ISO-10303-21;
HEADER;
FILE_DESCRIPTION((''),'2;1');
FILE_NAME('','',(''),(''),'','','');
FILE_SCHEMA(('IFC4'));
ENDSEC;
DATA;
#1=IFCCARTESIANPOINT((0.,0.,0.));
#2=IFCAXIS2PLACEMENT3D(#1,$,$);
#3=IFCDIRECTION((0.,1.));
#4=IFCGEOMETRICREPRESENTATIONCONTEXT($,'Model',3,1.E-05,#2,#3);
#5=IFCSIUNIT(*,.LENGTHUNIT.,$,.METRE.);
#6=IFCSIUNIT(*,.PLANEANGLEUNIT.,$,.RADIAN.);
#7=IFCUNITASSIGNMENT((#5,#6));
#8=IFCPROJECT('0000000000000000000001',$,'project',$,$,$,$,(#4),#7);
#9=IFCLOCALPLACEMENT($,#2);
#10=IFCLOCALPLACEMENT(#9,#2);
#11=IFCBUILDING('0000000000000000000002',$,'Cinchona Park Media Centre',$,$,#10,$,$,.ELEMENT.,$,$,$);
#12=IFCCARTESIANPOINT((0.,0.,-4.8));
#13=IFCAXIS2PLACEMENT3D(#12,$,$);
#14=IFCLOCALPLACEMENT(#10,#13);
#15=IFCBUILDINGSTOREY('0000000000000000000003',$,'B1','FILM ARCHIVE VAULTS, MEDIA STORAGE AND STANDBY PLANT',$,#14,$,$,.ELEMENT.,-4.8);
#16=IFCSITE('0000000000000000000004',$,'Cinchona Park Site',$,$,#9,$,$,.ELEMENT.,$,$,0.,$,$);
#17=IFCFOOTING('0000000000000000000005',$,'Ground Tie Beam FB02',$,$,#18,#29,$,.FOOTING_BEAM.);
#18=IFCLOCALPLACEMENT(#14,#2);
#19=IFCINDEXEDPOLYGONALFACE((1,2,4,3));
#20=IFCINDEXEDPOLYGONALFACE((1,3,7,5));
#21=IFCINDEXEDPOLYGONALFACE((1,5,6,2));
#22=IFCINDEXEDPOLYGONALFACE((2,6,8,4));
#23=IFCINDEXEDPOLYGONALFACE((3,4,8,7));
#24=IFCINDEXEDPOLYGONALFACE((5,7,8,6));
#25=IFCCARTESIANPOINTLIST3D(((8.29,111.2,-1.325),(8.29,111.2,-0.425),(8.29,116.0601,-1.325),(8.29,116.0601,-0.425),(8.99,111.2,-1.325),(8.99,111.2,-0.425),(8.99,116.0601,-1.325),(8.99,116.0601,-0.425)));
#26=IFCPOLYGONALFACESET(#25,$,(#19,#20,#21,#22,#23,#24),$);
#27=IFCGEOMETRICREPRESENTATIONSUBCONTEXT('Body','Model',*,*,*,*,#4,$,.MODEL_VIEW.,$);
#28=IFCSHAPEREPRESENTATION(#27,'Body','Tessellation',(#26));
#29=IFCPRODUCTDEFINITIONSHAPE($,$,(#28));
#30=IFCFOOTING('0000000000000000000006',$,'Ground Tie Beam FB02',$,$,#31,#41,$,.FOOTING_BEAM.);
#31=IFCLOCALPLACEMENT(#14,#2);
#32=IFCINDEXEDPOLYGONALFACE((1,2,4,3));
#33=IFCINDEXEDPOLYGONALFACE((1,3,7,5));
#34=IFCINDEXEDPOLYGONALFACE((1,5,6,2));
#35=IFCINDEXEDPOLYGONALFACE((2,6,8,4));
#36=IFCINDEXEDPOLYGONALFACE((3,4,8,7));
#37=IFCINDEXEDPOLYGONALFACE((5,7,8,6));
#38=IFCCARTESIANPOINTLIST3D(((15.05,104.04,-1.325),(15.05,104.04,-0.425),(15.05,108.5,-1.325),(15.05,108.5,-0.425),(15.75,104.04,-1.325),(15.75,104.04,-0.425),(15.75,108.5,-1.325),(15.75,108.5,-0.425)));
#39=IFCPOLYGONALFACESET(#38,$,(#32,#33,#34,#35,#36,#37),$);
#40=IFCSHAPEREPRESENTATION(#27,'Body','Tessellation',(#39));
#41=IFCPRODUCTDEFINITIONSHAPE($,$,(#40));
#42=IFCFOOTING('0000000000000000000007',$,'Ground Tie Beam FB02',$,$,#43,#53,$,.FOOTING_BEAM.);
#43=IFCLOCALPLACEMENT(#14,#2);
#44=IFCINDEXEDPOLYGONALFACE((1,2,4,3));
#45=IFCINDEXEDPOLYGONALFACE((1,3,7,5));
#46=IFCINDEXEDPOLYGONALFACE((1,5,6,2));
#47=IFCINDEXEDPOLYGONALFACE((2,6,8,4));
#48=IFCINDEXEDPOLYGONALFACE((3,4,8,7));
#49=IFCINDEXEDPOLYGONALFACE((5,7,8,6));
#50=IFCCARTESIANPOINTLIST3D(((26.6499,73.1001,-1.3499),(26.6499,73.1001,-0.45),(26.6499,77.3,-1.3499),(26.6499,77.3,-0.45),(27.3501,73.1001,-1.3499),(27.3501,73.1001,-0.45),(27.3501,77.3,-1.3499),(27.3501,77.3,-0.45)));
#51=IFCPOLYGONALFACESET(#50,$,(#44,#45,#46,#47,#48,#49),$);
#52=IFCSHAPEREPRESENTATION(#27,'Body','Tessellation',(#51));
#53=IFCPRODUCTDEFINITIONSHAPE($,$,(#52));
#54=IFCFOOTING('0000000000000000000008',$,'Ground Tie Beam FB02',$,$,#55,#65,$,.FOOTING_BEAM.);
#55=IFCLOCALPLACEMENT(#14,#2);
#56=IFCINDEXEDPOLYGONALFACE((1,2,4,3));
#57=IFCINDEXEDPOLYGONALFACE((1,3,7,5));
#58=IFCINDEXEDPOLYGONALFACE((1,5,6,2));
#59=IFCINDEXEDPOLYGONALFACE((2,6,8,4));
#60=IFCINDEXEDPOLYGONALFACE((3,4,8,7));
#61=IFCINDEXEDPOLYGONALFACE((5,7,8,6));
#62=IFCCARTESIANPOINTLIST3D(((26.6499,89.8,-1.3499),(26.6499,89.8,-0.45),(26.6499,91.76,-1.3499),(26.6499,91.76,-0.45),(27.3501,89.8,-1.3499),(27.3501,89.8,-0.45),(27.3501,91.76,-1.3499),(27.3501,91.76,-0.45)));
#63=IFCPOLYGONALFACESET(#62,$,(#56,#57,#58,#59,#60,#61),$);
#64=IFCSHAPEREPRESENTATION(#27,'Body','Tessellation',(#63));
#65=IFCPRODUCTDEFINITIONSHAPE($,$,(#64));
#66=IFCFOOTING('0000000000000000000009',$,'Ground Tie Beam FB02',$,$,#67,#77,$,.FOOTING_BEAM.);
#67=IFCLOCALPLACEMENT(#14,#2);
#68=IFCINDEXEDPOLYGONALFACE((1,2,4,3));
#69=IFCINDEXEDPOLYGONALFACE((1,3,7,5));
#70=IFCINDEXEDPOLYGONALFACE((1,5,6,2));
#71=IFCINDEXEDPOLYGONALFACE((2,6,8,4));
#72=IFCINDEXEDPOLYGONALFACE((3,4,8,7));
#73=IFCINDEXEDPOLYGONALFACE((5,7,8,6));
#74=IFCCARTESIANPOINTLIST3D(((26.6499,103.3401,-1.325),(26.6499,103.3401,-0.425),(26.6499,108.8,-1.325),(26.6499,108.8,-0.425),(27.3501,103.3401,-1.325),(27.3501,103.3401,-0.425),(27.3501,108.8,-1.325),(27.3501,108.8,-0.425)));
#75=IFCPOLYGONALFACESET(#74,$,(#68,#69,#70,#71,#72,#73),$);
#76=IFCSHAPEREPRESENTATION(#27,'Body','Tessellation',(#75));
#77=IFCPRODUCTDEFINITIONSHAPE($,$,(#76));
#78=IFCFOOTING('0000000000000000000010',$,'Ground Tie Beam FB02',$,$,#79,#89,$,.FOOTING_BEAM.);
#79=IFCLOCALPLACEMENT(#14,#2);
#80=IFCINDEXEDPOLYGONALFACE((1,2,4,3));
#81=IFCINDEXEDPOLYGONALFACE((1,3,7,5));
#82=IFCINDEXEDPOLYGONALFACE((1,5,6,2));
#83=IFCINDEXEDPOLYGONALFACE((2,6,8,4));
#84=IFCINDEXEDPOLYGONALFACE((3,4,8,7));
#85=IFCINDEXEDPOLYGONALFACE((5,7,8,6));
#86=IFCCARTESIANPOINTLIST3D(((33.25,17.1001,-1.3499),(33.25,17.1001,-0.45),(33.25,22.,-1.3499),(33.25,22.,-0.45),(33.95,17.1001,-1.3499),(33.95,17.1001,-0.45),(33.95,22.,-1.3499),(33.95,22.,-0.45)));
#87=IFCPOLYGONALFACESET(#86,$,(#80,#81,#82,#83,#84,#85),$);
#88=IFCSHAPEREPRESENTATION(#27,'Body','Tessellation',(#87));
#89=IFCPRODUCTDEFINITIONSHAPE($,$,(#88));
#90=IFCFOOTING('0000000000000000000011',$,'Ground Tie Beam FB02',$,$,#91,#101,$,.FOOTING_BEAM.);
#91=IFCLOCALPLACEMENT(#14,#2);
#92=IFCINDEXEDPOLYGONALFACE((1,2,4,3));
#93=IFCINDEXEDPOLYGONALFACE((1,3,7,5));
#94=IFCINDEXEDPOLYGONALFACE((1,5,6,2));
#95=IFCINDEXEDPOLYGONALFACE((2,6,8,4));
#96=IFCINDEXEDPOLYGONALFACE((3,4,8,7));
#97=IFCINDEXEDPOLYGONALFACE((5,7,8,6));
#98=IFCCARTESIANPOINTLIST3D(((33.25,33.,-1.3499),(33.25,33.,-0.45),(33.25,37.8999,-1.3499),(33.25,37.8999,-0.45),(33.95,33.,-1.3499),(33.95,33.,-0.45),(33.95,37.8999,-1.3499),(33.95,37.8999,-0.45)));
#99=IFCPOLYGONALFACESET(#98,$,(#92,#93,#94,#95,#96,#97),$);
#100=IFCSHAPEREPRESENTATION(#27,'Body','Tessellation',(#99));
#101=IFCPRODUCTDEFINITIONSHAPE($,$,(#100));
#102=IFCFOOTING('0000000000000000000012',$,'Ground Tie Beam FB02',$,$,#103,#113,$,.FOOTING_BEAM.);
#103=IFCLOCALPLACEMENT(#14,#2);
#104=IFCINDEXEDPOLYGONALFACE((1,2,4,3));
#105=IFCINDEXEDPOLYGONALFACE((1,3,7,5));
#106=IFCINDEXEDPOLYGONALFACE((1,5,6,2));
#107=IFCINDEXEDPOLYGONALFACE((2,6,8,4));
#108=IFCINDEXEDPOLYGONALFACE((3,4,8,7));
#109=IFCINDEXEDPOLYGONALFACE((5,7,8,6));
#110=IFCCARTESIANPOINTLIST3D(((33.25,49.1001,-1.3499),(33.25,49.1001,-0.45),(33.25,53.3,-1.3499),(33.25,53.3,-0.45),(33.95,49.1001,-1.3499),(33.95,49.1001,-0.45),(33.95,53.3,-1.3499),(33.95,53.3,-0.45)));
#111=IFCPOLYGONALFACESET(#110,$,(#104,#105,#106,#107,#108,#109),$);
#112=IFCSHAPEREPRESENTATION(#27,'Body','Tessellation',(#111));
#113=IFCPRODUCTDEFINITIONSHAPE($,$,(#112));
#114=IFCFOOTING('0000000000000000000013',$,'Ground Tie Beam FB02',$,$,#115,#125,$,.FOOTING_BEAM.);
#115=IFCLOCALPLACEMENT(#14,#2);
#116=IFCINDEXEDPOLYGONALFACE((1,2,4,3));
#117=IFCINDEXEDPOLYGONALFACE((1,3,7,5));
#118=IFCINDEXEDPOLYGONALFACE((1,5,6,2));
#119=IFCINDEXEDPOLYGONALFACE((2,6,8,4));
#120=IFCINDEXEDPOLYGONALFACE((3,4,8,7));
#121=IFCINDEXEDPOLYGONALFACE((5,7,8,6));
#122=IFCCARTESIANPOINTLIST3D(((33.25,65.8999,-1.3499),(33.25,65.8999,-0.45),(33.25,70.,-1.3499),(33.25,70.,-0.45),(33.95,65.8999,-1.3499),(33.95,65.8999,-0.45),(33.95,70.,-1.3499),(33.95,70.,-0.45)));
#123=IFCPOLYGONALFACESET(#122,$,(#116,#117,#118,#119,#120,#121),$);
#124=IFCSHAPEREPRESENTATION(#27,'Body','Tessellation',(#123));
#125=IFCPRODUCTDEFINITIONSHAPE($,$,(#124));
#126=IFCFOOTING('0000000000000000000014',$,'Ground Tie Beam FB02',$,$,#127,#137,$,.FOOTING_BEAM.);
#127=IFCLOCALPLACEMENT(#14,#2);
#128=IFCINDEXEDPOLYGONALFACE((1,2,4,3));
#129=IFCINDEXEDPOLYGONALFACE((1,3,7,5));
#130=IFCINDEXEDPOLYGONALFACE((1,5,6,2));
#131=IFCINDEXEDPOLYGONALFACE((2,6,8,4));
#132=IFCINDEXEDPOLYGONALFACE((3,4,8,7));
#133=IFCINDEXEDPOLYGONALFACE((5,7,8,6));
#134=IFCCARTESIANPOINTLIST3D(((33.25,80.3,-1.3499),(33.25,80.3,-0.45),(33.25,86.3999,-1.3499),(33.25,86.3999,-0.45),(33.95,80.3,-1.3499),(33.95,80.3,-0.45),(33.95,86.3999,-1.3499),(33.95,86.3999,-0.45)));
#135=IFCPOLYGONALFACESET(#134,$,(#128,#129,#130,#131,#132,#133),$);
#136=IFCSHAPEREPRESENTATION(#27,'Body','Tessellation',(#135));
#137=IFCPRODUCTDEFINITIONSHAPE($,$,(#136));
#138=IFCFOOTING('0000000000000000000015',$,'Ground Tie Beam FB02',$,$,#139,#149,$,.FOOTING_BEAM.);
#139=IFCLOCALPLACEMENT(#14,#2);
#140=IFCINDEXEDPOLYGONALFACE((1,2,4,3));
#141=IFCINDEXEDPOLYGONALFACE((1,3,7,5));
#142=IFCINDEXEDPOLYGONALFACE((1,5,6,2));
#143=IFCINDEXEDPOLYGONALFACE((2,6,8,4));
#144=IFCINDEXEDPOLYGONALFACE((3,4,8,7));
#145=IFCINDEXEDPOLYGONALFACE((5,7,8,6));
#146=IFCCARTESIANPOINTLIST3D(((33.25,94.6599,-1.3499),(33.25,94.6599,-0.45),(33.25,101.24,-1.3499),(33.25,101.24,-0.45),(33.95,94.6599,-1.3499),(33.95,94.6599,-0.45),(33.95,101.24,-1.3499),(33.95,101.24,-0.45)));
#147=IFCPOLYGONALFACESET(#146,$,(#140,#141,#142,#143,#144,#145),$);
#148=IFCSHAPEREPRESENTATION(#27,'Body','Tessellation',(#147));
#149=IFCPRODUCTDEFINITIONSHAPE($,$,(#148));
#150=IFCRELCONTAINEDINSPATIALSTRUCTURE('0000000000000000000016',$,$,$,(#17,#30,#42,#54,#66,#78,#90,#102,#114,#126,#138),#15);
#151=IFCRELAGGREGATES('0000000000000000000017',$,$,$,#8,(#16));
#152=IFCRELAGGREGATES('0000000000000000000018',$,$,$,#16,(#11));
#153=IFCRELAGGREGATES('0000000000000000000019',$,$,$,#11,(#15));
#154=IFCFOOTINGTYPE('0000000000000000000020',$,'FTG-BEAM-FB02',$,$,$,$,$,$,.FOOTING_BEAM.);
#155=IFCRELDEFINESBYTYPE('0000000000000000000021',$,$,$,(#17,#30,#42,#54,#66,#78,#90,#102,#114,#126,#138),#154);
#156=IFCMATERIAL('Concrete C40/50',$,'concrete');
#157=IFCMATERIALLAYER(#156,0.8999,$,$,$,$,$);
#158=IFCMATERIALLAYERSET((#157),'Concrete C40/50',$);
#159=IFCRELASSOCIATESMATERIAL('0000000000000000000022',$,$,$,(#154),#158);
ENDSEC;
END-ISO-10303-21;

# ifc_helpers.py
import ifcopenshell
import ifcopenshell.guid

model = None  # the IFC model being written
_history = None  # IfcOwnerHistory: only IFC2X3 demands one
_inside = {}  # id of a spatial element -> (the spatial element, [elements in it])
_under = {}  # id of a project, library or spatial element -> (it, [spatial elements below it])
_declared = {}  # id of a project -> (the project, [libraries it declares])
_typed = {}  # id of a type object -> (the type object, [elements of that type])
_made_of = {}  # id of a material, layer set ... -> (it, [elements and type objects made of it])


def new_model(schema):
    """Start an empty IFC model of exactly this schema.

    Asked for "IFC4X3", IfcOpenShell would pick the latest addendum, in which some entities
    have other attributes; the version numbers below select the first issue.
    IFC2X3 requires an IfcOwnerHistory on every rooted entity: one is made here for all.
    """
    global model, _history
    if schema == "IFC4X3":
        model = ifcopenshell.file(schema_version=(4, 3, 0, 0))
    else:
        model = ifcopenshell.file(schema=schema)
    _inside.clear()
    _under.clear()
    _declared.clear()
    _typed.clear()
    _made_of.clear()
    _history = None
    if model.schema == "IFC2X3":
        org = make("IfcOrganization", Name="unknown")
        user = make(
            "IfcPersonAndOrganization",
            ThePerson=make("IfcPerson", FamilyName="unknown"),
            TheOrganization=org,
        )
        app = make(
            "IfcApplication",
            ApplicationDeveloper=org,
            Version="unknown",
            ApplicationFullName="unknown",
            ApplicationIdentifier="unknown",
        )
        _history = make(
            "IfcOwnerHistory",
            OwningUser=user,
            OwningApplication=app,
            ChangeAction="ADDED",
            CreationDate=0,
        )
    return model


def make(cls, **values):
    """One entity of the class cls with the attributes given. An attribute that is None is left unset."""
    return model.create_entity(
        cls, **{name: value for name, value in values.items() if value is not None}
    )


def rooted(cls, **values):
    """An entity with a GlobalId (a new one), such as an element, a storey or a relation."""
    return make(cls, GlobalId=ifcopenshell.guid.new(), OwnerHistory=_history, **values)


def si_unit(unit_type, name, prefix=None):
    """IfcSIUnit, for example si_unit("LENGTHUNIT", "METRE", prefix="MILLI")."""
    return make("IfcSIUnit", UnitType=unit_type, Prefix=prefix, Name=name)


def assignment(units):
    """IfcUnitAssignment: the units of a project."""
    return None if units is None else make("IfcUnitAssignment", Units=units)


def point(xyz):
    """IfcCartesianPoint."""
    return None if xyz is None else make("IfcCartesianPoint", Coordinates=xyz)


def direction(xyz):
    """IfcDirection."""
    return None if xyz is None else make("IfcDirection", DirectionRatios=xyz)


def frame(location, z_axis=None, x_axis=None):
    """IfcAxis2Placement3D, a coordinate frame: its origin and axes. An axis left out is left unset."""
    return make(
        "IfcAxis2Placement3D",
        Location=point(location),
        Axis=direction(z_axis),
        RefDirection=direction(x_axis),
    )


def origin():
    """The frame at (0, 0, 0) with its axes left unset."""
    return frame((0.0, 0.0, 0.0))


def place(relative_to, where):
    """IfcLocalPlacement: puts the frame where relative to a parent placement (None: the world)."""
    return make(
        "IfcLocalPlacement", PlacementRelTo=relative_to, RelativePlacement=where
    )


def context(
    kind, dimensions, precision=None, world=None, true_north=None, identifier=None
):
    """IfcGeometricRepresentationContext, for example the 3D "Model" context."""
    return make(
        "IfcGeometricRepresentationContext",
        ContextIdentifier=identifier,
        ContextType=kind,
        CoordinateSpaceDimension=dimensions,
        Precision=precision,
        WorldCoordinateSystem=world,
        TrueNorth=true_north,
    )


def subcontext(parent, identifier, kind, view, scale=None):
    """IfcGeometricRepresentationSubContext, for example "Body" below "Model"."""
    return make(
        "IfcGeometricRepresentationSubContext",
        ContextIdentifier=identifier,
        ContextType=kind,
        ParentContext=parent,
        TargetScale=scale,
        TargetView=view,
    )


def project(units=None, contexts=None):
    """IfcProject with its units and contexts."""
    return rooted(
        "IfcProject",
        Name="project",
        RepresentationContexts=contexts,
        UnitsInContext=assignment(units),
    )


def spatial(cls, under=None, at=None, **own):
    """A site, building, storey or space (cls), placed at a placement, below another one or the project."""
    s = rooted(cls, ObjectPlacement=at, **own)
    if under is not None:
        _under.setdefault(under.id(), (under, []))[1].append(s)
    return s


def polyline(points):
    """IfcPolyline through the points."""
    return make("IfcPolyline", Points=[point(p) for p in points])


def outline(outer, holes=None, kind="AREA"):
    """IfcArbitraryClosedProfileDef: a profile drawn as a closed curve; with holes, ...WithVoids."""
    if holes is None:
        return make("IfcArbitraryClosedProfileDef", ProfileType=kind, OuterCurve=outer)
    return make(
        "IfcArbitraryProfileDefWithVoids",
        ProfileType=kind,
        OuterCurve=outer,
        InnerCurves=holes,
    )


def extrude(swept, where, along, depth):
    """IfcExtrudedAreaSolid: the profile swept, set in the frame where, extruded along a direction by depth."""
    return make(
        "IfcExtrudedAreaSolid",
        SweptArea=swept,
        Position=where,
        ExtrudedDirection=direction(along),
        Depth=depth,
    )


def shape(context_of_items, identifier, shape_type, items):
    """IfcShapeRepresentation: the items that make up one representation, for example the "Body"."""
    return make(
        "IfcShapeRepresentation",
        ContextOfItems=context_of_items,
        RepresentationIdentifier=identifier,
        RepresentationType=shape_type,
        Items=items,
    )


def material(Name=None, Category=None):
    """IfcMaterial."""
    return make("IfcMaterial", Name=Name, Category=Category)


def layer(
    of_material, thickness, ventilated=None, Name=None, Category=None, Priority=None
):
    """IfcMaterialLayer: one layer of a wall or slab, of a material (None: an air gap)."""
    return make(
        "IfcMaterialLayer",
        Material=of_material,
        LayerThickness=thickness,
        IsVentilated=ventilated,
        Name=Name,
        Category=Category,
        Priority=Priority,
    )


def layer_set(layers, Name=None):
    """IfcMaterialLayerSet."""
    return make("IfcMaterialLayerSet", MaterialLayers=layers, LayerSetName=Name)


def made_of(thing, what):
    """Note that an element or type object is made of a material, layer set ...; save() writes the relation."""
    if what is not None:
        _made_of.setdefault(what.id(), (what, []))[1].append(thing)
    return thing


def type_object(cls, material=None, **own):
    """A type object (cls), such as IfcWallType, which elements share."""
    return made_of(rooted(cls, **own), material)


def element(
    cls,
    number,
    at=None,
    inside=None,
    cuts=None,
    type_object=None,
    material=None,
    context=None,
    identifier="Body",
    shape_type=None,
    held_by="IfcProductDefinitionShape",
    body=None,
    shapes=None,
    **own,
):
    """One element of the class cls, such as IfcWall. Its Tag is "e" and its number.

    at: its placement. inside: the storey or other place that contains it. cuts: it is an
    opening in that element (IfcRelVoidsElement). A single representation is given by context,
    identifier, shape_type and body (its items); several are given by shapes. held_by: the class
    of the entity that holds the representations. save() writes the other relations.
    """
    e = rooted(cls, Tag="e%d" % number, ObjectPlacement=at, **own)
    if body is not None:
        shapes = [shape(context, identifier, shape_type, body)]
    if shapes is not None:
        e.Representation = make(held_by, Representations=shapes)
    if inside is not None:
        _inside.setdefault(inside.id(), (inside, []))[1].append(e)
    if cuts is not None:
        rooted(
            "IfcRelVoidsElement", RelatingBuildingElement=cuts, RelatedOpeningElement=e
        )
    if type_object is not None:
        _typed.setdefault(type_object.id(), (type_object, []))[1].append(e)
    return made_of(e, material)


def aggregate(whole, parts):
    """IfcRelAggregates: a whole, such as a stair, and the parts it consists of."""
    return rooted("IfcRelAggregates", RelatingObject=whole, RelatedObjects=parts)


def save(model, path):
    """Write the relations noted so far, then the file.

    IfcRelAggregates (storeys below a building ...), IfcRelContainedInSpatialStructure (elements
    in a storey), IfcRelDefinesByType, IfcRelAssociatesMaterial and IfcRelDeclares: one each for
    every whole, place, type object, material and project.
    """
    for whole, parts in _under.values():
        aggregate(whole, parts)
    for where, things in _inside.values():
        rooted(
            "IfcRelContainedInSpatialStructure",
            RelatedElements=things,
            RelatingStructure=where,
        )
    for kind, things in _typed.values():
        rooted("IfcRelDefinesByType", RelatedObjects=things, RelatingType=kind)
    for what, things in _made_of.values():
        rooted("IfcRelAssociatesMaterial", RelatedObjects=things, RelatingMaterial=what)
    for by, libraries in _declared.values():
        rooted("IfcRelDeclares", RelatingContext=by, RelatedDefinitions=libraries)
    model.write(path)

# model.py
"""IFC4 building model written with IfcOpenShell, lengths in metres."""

from ifc_helpers import new_model, si_unit, direction, frame, origin, place, context, subcontext, project, spatial, polyline, outline, extrude, material, layer, layer_set, type_object, element, save


model = new_model("IFC4")

# Units and contexts
model_context = context("Model", 3, precision=1e-05, world=origin(), true_north=direction((0.0, 1.0)))
body_context = subcontext(model_context, "Body", "Model", "MODEL_VIEW")
ifc_project = project(units=[si_unit("LENGTHUNIT", "METRE"), si_unit("PLANEANGLEUNIT", "RADIAN")], contexts=[model_context])

# Site, building, storey
site_placement = place(None, origin())
site = spatial("IfcSite", under=ifc_project, at=site_placement, Name="Cinchona Park Site", CompositionType="ELEMENT", RefElevation=0.0)
building_placement = place(site_placement, origin())
building = spatial("IfcBuilding", under=site, at=building_placement, Name="Cinchona Park Media Centre", CompositionType="ELEMENT")
storey_placement = place(building_placement, frame((0.0, 0.0, -4.8)))
storey = spatial("IfcBuildingStorey", under=building, at=storey_placement, Name="B1", Description="FILM ARCHIVE VAULTS, MEDIA STORAGE AND STANDBY PLANT", CompositionType="ELEMENT", Elevation=-4.8)

# Footings
ifc_material = material(Name="Concrete C40/50", Category="concrete")
ifc_layer = layer(ifc_material, 0.8999)
ifc_layer_set = layer_set([ifc_layer], Name="Concrete C40/50")
footing_type = type_object("IfcFootingType", Name="FTG-BEAM-FB02", PredefinedType="FOOTING_BEAM", material=ifc_layer_set)
footing_1_placement = place(storey_placement, frame((0.0, 0.0, -1.325)))
element("IfcFooting", 1, at=footing_1_placement, inside=storey, type_object=footing_type, Name="Ground Tie Beam FB02", PredefinedType="FOOTING_BEAM", context=body_context, shape_type="SweptSolid", body=[
    extrude(outline(polyline([(8.29, 111.2), (8.99, 111.2), (8.99, 116.0601), (8.29, 116.0601), (8.29, 111.2)])), origin(), (0.0, 0.0, 1.0), 0.8999),
])
footing_2_placement = place(storey_placement, frame((0.0, 0.0, -1.325)))
element("IfcFooting", 2, at=footing_2_placement, inside=storey, type_object=footing_type, Name="Ground Tie Beam FB02", PredefinedType="FOOTING_BEAM", context=body_context, shape_type="SweptSolid", body=[
    extrude(outline(polyline([(15.05, 104.04), (15.75, 104.04), (15.75, 108.5), (15.05, 108.5), (15.05, 104.04)])), origin(), (0.0, 0.0, 1.0), 0.8999),
])
footing_3_placement = place(storey_placement, frame((0.0, 0.0, -1.3499)))
element("IfcFooting", 3, at=footing_3_placement, inside=storey, type_object=footing_type, Name="Ground Tie Beam FB02", PredefinedType="FOOTING_BEAM", context=body_context, shape_type="SweptSolid", body=[
    extrude(outline(polyline([(26.6499, 73.1001), (27.3501, 73.1001), (27.3501, 77.3), (26.6499, 77.3), (26.6499, 73.1001)])), origin(), (0.0, 0.0, 1.0), 0.8999),
])
footing_4_placement = place(storey_placement, frame((0.0, 0.0, -1.3499)))
element("IfcFooting", 4, at=footing_4_placement, inside=storey, type_object=footing_type, Name="Ground Tie Beam FB02", PredefinedType="FOOTING_BEAM", context=body_context, shape_type="SweptSolid", body=[
    extrude(outline(polyline([(26.6499, 89.8), (27.3501, 89.8), (27.3501, 91.76), (26.6499, 91.76), (26.6499, 89.8)])), origin(), (0.0, 0.0, 1.0), 0.8999),
])
footing_5_placement = place(storey_placement, frame((0.0, 0.0, -1.325)))
element("IfcFooting", 5, at=footing_5_placement, inside=storey, type_object=footing_type, Name="Ground Tie Beam FB02", PredefinedType="FOOTING_BEAM", context=body_context, shape_type="SweptSolid", body=[
    extrude(outline(polyline([(26.6499, 103.3401), (27.3501, 103.3401), (27.3501, 108.8), (26.6499, 108.8), (26.6499, 103.3401)])), origin(), (0.0, 0.0, 1.0), 0.8999),
])
footing_6_placement = place(storey_placement, frame((0.0, 0.0, -1.3499)))
element("IfcFooting", 6, at=footing_6_placement, inside=storey, type_object=footing_type, Name="Ground Tie Beam FB02", PredefinedType="FOOTING_BEAM", context=body_context, shape_type="SweptSolid", body=[
    extrude(outline(polyline([(33.25, 17.1001), (33.95, 17.1001), (33.95, 22.0), (33.25, 22.0), (33.25, 17.1001)])), origin(), (0.0, 0.0, 1.0), 0.8999),
])
footing_7_placement = place(storey_placement, frame((0.0, 0.0, -1.3499)))
element("IfcFooting", 7, at=footing_7_placement, inside=storey, type_object=footing_type, Name="Ground Tie Beam FB02", PredefinedType="FOOTING_BEAM", context=body_context, shape_type="SweptSolid", body=[
    extrude(outline(polyline([(33.25, 33.0), (33.95, 33.0), (33.95, 37.8999), (33.25, 37.8999), (33.25, 33.0)])), origin(), (0.0, 0.0, 1.0), 0.8999),
])
footing_8_placement = place(storey_placement, frame((0.0, 0.0, -1.3499)))
element("IfcFooting", 8, at=footing_8_placement, inside=storey, type_object=footing_type, Name="Ground Tie Beam FB02", PredefinedType="FOOTING_BEAM", context=body_context, shape_type="SweptSolid", body=[
    extrude(outline(polyline([(33.25, 49.1001), (33.95, 49.1001), (33.95, 53.3), (33.25, 53.3), (33.25, 49.1001)])), origin(), (0.0, 0.0, 1.0), 0.8999),
])
footing_9_placement = place(storey_placement, frame((0.0, 0.0, -1.3499)))
element("IfcFooting", 9, at=footing_9_placement, inside=storey, type_object=footing_type, Name="Ground Tie Beam FB02", PredefinedType="FOOTING_BEAM", context=body_context, shape_type="SweptSolid", body=[
    extrude(outline(polyline([(33.25, 65.8999), (33.95, 65.8999), (33.95, 70.0), (33.25, 70.0), (33.25, 65.8999)])), origin(), (0.0, 0.0, 1.0), 0.8999),
])
footing_10_placement = place(storey_placement, frame((0.0, 0.0, -1.3499)))
element("IfcFooting", 10, at=footing_10_placement, inside=storey, type_object=footing_type, Name="Ground Tie Beam FB02", PredefinedType="FOOTING_BEAM", context=body_context, shape_type="SweptSolid", body=[
    extrude(outline(polyline([(33.25, 80.3), (33.95, 80.3), (33.95, 86.3999), (33.25, 86.3999), (33.25, 80.3)])), origin(), (0.0, 0.0, 1.0), 0.8999),
])
footing_11_placement = place(storey_placement, frame((0.0, 0.0, -1.3499)))
element("IfcFooting", 11, at=footing_11_placement, inside=storey, type_object=footing_type, Name="Ground Tie Beam FB02", PredefinedType="FOOTING_BEAM", context=body_context, shape_type="SweptSolid", body=[
    extrude(outline(polyline([(33.25, 94.6599), (33.95, 94.6599), (33.95, 101.24), (33.25, 101.24), (33.25, 94.6599)])), origin(), (0.0, 0.0, 1.0), 0.8999),
])

save(model, "model.ifc")
